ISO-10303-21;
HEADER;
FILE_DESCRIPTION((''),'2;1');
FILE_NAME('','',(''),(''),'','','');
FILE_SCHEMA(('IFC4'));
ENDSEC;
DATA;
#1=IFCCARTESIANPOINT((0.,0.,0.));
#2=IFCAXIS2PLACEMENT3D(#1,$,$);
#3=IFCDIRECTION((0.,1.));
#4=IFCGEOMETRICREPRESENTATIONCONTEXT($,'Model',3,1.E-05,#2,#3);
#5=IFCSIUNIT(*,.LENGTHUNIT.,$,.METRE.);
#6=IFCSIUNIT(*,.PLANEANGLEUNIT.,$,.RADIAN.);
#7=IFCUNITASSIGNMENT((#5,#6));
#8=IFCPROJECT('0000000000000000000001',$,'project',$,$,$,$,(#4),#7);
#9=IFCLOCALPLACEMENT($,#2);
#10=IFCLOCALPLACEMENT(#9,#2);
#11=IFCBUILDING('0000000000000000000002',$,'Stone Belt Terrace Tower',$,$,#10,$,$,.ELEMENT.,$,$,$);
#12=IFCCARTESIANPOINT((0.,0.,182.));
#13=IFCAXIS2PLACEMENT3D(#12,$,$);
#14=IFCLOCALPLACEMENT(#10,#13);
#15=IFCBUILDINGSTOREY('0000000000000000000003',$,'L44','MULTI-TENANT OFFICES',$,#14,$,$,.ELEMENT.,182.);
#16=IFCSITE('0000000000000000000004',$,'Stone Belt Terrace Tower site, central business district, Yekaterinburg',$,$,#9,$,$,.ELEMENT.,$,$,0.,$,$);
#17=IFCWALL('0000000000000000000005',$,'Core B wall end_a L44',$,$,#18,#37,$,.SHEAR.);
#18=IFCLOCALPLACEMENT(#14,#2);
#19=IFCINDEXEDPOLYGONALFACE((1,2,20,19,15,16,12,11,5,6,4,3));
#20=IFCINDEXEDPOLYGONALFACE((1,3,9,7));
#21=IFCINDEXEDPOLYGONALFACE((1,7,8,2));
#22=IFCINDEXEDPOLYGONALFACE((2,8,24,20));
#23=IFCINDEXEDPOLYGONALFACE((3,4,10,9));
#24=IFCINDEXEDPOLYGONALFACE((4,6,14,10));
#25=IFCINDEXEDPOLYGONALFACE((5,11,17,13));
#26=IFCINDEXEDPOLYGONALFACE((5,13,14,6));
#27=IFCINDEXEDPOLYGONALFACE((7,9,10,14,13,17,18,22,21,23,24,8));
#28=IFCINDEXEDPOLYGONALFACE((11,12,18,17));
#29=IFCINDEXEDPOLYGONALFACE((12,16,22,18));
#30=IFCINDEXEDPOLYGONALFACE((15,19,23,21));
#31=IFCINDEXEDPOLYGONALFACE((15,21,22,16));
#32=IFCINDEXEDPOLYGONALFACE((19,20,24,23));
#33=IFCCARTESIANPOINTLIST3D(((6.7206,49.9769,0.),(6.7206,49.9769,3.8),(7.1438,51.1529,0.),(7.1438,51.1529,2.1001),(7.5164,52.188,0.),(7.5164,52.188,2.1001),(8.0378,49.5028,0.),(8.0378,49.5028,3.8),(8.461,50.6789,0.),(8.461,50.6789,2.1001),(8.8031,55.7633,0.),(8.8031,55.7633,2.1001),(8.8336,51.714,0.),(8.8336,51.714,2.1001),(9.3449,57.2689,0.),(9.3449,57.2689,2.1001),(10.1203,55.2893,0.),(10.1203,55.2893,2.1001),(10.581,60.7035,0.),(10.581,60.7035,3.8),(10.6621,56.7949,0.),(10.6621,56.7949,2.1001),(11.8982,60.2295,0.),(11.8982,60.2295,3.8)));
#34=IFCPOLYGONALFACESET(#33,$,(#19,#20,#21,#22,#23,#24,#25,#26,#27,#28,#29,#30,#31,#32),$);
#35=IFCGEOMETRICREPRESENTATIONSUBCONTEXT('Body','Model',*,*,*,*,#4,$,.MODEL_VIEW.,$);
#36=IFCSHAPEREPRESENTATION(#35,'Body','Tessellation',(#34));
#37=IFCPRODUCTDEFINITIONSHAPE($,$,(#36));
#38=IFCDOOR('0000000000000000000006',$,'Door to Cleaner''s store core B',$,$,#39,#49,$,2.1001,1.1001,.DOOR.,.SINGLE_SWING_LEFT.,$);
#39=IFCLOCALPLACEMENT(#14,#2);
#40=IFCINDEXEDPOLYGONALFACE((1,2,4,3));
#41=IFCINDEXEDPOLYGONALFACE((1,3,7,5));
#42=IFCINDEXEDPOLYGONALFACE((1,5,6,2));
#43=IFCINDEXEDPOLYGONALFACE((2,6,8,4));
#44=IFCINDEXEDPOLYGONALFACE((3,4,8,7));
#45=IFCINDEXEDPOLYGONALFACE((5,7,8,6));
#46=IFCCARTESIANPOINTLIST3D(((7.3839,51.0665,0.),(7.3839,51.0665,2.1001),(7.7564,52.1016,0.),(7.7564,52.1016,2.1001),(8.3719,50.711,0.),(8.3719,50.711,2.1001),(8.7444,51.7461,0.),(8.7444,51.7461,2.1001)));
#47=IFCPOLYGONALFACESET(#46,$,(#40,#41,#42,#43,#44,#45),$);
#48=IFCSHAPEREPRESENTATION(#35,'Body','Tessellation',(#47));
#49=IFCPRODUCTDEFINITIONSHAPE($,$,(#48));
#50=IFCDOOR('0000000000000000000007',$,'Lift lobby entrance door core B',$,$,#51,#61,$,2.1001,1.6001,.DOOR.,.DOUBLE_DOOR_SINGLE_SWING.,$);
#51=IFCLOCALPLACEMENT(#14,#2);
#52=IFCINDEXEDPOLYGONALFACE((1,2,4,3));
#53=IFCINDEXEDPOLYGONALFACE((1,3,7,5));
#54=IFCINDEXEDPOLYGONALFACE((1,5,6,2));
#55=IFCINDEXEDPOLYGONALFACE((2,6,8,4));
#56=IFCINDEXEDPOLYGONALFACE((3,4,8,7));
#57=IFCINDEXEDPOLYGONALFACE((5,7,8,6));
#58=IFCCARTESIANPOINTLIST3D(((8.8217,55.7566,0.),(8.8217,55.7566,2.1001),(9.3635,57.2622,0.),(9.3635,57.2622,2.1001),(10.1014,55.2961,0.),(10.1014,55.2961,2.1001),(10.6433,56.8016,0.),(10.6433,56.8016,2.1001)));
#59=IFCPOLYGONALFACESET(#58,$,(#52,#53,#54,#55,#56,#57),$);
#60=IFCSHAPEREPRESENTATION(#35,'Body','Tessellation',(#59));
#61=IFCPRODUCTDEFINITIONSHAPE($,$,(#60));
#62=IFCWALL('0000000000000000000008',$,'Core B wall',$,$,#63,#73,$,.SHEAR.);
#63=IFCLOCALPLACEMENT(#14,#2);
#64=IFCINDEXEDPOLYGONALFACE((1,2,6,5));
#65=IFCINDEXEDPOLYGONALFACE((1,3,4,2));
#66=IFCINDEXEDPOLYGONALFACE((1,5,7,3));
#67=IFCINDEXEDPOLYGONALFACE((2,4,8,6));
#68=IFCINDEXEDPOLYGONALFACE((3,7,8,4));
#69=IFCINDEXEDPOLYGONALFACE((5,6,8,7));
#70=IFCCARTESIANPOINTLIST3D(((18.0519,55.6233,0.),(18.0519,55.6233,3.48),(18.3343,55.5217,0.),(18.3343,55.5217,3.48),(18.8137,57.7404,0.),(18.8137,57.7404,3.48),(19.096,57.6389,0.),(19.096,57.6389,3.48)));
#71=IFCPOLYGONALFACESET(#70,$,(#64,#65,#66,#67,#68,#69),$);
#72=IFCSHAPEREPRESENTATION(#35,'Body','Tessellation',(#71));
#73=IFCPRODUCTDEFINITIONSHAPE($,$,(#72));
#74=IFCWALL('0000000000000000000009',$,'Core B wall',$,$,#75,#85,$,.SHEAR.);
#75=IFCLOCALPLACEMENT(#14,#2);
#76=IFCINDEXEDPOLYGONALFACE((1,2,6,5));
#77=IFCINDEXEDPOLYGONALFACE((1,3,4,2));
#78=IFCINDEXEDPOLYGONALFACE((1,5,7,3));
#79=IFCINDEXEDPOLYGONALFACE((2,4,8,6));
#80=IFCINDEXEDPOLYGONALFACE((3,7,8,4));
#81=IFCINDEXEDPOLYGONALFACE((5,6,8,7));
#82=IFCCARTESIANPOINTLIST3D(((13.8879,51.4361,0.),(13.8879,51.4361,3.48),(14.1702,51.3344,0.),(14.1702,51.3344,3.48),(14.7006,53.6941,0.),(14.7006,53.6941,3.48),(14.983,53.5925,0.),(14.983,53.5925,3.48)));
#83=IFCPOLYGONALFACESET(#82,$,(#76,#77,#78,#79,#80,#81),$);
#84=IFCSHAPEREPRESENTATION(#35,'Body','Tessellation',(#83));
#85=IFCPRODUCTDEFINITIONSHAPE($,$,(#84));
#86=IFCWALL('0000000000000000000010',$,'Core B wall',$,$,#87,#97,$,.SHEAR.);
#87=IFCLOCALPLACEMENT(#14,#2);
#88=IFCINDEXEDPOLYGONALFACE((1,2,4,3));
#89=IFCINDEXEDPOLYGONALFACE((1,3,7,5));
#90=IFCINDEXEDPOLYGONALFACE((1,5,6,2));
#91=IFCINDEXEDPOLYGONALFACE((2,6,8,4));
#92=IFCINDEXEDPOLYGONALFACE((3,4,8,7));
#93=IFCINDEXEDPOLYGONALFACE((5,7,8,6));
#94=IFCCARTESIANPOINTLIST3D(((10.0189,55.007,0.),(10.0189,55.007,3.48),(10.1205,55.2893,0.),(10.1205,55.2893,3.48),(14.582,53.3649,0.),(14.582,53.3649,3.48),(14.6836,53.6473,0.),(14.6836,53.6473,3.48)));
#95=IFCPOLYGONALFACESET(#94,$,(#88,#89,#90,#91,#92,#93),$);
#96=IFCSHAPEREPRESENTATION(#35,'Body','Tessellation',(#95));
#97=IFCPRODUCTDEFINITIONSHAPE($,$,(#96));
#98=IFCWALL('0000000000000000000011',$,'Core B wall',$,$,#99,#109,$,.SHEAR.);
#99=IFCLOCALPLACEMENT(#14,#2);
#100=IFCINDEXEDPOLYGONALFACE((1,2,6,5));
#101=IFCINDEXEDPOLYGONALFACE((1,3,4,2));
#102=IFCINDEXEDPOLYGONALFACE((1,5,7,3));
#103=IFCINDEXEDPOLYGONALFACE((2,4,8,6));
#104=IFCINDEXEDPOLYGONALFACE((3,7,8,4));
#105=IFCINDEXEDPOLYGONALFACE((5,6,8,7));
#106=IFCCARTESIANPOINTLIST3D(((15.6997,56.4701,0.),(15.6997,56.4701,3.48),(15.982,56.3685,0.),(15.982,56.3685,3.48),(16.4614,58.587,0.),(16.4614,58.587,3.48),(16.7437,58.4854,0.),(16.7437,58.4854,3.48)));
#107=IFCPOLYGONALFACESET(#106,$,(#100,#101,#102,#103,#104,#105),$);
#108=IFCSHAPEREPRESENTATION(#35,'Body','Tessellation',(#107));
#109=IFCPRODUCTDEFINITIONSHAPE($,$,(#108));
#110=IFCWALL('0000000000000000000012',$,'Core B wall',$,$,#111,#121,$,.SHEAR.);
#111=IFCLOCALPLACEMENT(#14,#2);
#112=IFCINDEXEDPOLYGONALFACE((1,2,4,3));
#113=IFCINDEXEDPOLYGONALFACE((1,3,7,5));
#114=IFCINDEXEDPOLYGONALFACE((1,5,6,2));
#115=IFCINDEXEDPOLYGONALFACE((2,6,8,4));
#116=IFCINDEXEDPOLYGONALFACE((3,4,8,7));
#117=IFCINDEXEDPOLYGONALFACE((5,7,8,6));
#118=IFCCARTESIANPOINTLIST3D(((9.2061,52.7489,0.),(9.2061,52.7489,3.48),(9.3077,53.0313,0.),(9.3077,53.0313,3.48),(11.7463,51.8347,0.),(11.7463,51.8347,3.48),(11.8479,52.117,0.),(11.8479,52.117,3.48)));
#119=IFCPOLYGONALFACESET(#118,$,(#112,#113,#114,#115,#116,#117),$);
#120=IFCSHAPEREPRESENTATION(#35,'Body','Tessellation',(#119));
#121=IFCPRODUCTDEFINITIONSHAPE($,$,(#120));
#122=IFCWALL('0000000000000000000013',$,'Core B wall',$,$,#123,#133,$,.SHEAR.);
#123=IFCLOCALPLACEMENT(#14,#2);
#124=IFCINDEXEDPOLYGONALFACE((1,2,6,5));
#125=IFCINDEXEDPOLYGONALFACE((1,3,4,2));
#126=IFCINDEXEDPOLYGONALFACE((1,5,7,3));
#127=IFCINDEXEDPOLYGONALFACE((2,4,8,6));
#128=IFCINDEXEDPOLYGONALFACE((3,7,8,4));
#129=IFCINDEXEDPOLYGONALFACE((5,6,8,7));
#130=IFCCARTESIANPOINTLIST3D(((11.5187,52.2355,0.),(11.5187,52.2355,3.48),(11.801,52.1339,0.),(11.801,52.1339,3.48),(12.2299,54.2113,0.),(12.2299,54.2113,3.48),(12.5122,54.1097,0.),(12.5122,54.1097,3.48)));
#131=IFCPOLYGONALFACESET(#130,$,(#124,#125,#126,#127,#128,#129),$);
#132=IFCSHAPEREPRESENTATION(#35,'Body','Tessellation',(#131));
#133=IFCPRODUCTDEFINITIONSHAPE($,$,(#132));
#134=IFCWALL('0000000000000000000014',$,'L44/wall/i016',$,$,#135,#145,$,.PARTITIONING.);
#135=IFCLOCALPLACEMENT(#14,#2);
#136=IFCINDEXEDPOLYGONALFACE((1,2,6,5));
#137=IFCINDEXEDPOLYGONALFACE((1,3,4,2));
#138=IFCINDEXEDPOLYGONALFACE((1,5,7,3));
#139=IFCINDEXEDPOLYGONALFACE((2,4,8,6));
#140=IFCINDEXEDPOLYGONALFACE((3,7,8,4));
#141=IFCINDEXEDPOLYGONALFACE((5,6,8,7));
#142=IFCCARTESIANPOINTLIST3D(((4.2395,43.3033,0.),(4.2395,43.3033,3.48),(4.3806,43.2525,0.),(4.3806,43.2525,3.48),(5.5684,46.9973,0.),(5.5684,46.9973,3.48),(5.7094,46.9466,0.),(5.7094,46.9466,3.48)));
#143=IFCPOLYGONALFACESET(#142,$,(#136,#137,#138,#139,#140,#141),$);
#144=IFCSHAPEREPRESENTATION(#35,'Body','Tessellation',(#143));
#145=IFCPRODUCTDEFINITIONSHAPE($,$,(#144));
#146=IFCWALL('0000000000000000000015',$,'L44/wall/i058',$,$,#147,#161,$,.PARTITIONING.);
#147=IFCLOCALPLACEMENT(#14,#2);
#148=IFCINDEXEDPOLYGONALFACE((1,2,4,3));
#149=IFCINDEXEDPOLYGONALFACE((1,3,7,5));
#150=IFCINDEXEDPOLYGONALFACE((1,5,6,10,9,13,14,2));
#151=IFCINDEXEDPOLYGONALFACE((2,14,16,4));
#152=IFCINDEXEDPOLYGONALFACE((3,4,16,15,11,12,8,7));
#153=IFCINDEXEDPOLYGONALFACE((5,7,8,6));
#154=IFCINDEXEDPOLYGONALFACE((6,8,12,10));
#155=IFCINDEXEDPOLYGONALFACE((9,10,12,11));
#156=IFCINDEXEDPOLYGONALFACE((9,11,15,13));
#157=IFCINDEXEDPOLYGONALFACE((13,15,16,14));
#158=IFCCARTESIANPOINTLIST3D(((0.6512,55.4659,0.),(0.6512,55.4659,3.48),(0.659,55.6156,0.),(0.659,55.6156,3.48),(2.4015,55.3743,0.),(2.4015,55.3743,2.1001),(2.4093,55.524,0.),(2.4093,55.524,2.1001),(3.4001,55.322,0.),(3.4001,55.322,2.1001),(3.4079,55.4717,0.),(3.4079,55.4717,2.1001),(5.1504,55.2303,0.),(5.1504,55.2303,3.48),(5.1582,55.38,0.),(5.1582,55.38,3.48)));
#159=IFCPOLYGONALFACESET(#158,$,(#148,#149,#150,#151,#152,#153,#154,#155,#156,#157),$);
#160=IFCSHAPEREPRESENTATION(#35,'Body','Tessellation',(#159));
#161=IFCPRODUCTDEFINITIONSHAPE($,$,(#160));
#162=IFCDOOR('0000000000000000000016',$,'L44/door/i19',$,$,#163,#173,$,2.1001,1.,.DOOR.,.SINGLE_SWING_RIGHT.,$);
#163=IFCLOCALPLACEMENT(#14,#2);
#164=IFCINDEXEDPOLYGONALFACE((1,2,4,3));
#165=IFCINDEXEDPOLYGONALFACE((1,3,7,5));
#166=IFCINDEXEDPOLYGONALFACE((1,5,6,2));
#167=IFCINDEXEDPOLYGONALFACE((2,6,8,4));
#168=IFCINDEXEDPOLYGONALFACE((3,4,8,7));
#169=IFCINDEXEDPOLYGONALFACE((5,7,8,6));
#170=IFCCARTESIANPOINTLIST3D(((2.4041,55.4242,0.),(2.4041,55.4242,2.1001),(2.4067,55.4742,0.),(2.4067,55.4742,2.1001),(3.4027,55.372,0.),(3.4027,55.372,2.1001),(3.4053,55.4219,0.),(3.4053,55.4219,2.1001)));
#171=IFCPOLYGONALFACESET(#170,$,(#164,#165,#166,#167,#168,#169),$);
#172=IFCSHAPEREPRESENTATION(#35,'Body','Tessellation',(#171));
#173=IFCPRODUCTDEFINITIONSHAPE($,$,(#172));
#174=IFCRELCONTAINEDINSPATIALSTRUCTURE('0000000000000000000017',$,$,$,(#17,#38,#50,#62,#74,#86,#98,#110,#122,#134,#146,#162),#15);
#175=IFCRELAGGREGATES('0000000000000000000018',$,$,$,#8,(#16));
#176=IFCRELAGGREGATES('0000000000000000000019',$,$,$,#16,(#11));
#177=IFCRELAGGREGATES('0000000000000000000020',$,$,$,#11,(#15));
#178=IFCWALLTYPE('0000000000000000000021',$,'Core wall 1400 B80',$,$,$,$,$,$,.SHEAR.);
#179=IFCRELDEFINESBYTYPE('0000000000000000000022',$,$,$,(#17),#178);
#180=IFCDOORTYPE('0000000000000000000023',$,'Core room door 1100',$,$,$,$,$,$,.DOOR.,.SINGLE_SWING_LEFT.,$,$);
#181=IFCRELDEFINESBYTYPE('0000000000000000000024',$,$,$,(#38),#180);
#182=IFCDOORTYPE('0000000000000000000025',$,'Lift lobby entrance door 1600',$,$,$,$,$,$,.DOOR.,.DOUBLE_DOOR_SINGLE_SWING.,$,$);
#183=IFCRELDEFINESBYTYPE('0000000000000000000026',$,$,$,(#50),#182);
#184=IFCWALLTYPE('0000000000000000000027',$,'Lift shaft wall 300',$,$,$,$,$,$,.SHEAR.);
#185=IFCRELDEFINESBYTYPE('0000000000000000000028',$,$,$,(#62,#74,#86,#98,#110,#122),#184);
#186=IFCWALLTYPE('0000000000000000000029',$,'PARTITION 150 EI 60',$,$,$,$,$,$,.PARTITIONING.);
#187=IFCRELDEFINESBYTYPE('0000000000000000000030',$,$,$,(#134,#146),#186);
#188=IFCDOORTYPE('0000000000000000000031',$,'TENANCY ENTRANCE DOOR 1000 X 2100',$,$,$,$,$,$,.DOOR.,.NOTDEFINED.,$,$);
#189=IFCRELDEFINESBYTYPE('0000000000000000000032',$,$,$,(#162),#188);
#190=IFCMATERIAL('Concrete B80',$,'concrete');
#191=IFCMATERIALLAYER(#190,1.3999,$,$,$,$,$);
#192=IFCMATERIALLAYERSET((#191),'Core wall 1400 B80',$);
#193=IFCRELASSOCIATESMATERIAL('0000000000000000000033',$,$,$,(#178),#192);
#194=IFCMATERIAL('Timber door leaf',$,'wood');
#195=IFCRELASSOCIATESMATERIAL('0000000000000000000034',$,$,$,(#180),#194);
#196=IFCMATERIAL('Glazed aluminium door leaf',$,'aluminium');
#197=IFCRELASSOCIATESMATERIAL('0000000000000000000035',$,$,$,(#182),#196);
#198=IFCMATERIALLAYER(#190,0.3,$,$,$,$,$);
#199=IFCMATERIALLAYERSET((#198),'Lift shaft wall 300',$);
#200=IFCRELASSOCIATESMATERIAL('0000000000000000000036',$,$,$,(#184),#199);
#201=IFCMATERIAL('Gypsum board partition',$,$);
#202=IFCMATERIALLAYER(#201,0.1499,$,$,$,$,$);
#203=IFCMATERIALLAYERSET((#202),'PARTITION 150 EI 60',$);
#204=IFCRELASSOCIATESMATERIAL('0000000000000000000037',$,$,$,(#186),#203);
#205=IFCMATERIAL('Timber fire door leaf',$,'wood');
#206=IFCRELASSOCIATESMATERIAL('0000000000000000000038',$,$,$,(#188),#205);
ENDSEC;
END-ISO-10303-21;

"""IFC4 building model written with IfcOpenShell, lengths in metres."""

from ifc_helpers import new_model, si_unit, direction, frame, frame_2d, origin, place, context, subcontext, project, spatial, rectangle, extrude, material, layer, layer_set, type_object, element, fill, save


model = new_model("IFC4")

# Units and contexts
model_context = context("Model", 3, precision=1e-05, world=origin(), true_north=direction((0.0, 1.0)))
body_context = subcontext(model_context, "Body", "Model", "MODEL_VIEW")
ifc_project = project(units=[si_unit("LENGTHUNIT", "METRE"), si_unit("PLANEANGLEUNIT", "RADIAN")], contexts=[model_context])

# Site, building, storey
site_placement = place(None, origin())
site = spatial("IfcSite", under=ifc_project, at=site_placement, Name="Stone Belt Terrace Tower site, central business district, Yekaterinburg", CompositionType="ELEMENT", RefElevation=0.0)
building_placement = place(site_placement, origin())
building = spatial("IfcBuilding", under=site, at=building_placement, Name="Stone Belt Terrace Tower", CompositionType="ELEMENT")
storey_placement = place(building_placement, frame((0.0, 0.0, 182.0)))
storey = spatial("IfcBuildingStorey", under=building, at=storey_placement, Name="L44", Description="MULTI-TENANT OFFICES", CompositionType="ELEMENT", Elevation=182.0)

# Shared definitions
ifc_material_1 = material(Name="Concrete B80", Category="concrete")

# Shared definitions
ifc_material_2 = material(Name="Timber door leaf", Category="wood")

# Shared definitions
ifc_material_3 = material(Name="Glazed aluminium door leaf", Category="aluminium")

# Wall, openings, doors
ifc_layer_1 = layer(ifc_material_1, 1.3999)
ifc_layer_set_1 = layer_set([ifc_layer_1], Name="Core wall 1400 B80")
wall_type_1 = type_object("IfcWallType", Name="Core wall 1400 B80", PredefinedType="SHEAR", material=ifc_layer_set_1)
door_type_1 = type_object("IfcDoorType", Name="Core room door 1100", OperationType="SINGLE_SWING_LEFT", PredefinedType="DOOR", material=ifc_material_2)
wall_1_placement = place(storey_placement, frame((7.3792, 49.7397, 0.0), z_axis=(0.0, 0.0, 1.0), x_axis=(0.338625, 0.940921, 0.0)))
wall_1 = element("IfcWall", 1, at=wall_1_placement, inside=storey, type_object=wall_type_1, Name="Core B wall end_a L44", PredefinedType="SHEAR", context=body_context, shape_type="SweptSolid", body=[
    extrude(rectangle(XDim=11.4001, YDim=1.3999, at=frame_2d((5.7002, 0.0))), origin(), (0.0, 0.0, 1.0), 3.8),
])
opening_1_placement = place(wall_1_placement, frame((6.1499, 0.0, 0.0)))
opening_1 = element("IfcOpeningElement", 2, at=opening_1_placement, cuts=wall_1, PredefinedType="OPENING", context=body_context, shape_type="SweptSolid", body=[
    extrude(rectangle(XDim=1.6001, YDim=2.1001, at=frame_2d((0.8, 1.05))), frame((0.0, 0.71, 0.0), z_axis=(0.0, -1.0, 0.0), x_axis=(1.0, 0.0, 0.0)), (0.0, 0.0, 1.0), 1.4199),
])
opening_2_placement = place(wall_1_placement, frame((1.25, 0.0, 0.0)))
opening_2 = element("IfcOpeningElement", 3, at=opening_2_placement, cuts=wall_1, PredefinedType="OPENING", context=body_context, shape_type="SweptSolid", body=[
    extrude(rectangle(XDim=1.1001, YDim=2.1001, at=frame_2d((0.55, 1.05))), frame((0.0, 0.71, 0.0), z_axis=(0.0, -1.0, 0.0), x_axis=(1.0, 0.0, 0.0)), (0.0, 0.0, 1.0), 1.4199),
])
door_1_placement = place(opening_2_placement, origin())
door_1 = element("IfcDoor", 4, at=door_1_placement, inside=storey, type_object=door_type_1, Name="Door to Cleaner's store core B", OperationType="SINGLE_SWING_LEFT", OverallHeight=2.1001, OverallWidth=1.1001, PredefinedType="DOOR", context=body_context, shape_type="SweptSolid", body=[
    extrude(rectangle(XDim=1.1001, YDim=2.1001, at=frame_2d((0.55, 1.05))), frame((0.0, 0.4448, 0.0), z_axis=(0.0, -1.0, 0.0), x_axis=(1.0, 0.0, 0.0)), (0.0, 0.0, 1.0), 1.05),
])
fill(opening_2, door_1)
door_type_2 = type_object("IfcDoorType", Name="Lift lobby entrance door 1600", OperationType="DOUBLE_DOOR_SINGLE_SWING", PredefinedType="DOOR", material=ifc_material_3)
door_2_placement = place(opening_1_placement, origin())
door_2 = element("IfcDoor", 5, at=door_2_placement, inside=storey, type_object=door_type_2, Name="Lift lobby entrance door core B", OperationType="DOUBLE_DOOR_SINGLE_SWING", OverallHeight=2.1001, OverallWidth=1.6001, PredefinedType="DOOR", context=body_context, shape_type="SweptSolid", body=[
    extrude(rectangle(XDim=1.6001, YDim=2.1001, at=frame_2d((0.8, 1.05))), frame((0.0, 0.6802, 0.0), z_axis=(0.0, -1.0, 0.0), x_axis=(1.0, 0.0, 0.0)), (0.0, 0.0, 1.0), 1.3601),
])
fill(opening_1, door_2)

# Walls
ifc_layer_2 = layer(ifc_material_1, 0.3)
ifc_layer_set_2 = layer_set([ifc_layer_2], Name="Lift shaft wall 300")
wall_type_2 = type_object("IfcWallType", Name="Lift shaft wall 300", PredefinedType="SHEAR", material=ifc_layer_set_2)
wall_2_placement = place(storey_placement, frame((18.1931, 55.5725, 0.0), z_axis=(0.0, 0.0, 1.0), x_axis=(0.338535, 0.940954, 0.0)))
element("IfcWall", 6, at=wall_2_placement, inside=storey, type_object=wall_type_2, Name="Core B wall", PredefinedType="SHEAR", context=body_context, shape_type="SweptSolid", body=[
    extrude(rectangle(XDim=2.25, YDim=0.3, at=frame_2d((1.125, 0.0))), origin(), (0.0, 0.0, 1.0), 3.48),
])
wall_3_placement = place(storey_placement, frame((14.0291, 51.3853, 0.0), z_axis=(0.0, 0.0, 1.0), x_axis=(0.338662, 0.940908, 0.0)))
element("IfcWall", 7, at=wall_3_placement, inside=storey, type_object=wall_type_2, Name="Core B wall", PredefinedType="SHEAR", context=body_context, shape_type="SweptSolid", body=[
    extrude(rectangle(XDim=2.3999, YDim=0.3, at=frame_2d((1.2, 0.0))), origin(), (0.0, 0.0, 1.0), 3.48),
])
wall_4_placement = place(storey_placement, frame((14.6328, 53.5061, 0.0), z_axis=(0.0, 0.0, 1.0), x_axis=(-0.940932, 0.338596, 0.0)))
element("IfcWall", 8, at=wall_4_placement, inside=storey, type_object=wall_type_2, Name="Core B wall", PredefinedType="SHEAR", context=body_context, shape_type="SweptSolid", body=[
    extrude(rectangle(XDim=4.8496, YDim=0.3, at=frame_2d((2.4248, 0.0))), origin(), (0.0, 0.0, 1.0), 3.48),
])
wall_5_placement = place(storey_placement, frame((15.8408, 56.4192, 0.0), z_axis=(0.0, 0.0, 1.0), x_axis=(0.33857, 0.940941, 0.0)))
element("IfcWall", 9, at=wall_5_placement, inside=storey, type_object=wall_type_2, Name="Core B wall", PredefinedType="SHEAR", context=body_context, shape_type="SweptSolid", body=[
    extrude(rectangle(XDim=2.2498, YDim=0.3, at=frame_2d((1.125, 0.0))), origin(), (0.0, 0.0, 1.0), 3.48),
])
wall_6_placement = place(storey_placement, frame((11.7971, 51.9758, 0.0), z_axis=(0.0, 0.0, 1.0), x_axis=(-0.94091, 0.338655, 0.0)))
element("IfcWall", 10, at=wall_6_placement, inside=storey, type_object=wall_type_2, Name="Core B wall", PredefinedType="SHEAR", context=body_context, shape_type="SweptSolid", body=[
    extrude(rectangle(XDim=2.6997, YDim=0.3, at=frame_2d((1.3499, 0.0))), origin(), (0.0, 0.0, 1.0), 3.48),
])
wall_7_placement = place(storey_placement, frame((11.6599, 52.1848, 0.0), z_axis=(0.0, 0.0, 1.0), x_axis=(0.33867, 0.940905, 0.0)))
element("IfcWall", 11, at=wall_7_placement, inside=storey, type_object=wall_type_2, Name="Core B wall", PredefinedType="SHEAR", context=body_context, shape_type="SweptSolid", body=[
    extrude(rectangle(XDim=2.0999, YDim=0.3, at=frame_2d((1.0498, 0.0))), origin(), (0.0, 0.0, 1.0), 3.48),
])
ifc_material_4 = material(Name="Gypsum board partition")
ifc_layer_3 = layer(ifc_material_4, 0.1499)
ifc_layer_set_3 = layer_set([ifc_layer_3], Name="PARTITION 150 EI 60")
wall_type_3 = type_object("IfcWallType", Name="PARTITION 150 EI 60", PredefinedType="PARTITIONING", material=ifc_layer_set_3)
wall_8_placement = place(storey_placement, frame((5.6389, 46.9719, 0.0), z_axis=(0.0, 0.0, 1.0), x_axis=(-0.33849, -0.94097, 0.0)))
element("IfcWall", 12, at=wall_8_placement, inside=storey, type_object=wall_type_3, Name="L44/wall/i016", PredefinedType="PARTITIONING", context=body_context, shape_type="SweptSolid", body=[
    extrude(rectangle(XDim=3.9258, YDim=0.1499, at=frame_2d((1.9629, 0.0))), origin(), (0.0, 0.0, 1.0), 3.48),
])

# Wall, opening, door
wall_9_placement = place(storey_placement, frame((5.1543, 55.3052, 0.0), z_axis=(0.0, 0.0, 1.0), x_axis=(-0.998632, 0.052291, 0.0)))
wall_9 = element("IfcWall", 13, at=wall_9_placement, inside=storey, type_object=wall_type_3, Name="L44/wall/i058", PredefinedType="PARTITIONING", context=body_context, shape_type="SweptSolid", body=[
    extrude(rectangle(XDim=4.5054, YDim=0.1499, at=frame_2d((2.2527, 0.0))), origin(), (0.0, 0.0, 1.0), 3.48),
])
opening_3_placement = place(wall_9_placement, frame((1.7527, 0.0, 0.0)))
opening_3 = element("IfcOpeningElement", 14, at=opening_3_placement, cuts=wall_9, PredefinedType="OPENING", context=body_context, shape_type="SweptSolid", body=[
    extrude(rectangle(XDim=1.0, YDim=2.1001, at=frame_2d((0.5, 1.05))), frame((0.0, 0.085, 0.0), z_axis=(0.0, -1.0, 0.0), x_axis=(1.0, 0.0, 0.0)), (0.0, 0.0, 1.0), 0.1699),
])
ifc_material_5 = material(Name="Timber fire door leaf", Category="wood")
door_type_3 = type_object("IfcDoorType", Name="TENANCY ENTRANCE DOOR 1000 X 2100", OperationType="NOTDEFINED", PredefinedType="DOOR", material=ifc_material_5)
door_3_placement = place(opening_3_placement, origin())
door_3 = element("IfcDoor", 15, at=door_3_placement, inside=storey, type_object=door_type_3, Name="L44/door/i19", OperationType="SINGLE_SWING_RIGHT", OverallHeight=2.1001, OverallWidth=1.0, PredefinedType="DOOR", context=body_context, shape_type="SweptSolid", body=[
    extrude(rectangle(XDim=1.0, YDim=2.1001, at=frame_2d((0.5, 1.05))), frame((0.0, 0.0249, 0.0), z_axis=(0.0, -1.0, 0.0), x_axis=(1.0, 0.0, 0.0)), (0.0, 0.0, 1.0), 0.05),
])
fill(opening_3, door_3)

save(model, "model.ifc")
